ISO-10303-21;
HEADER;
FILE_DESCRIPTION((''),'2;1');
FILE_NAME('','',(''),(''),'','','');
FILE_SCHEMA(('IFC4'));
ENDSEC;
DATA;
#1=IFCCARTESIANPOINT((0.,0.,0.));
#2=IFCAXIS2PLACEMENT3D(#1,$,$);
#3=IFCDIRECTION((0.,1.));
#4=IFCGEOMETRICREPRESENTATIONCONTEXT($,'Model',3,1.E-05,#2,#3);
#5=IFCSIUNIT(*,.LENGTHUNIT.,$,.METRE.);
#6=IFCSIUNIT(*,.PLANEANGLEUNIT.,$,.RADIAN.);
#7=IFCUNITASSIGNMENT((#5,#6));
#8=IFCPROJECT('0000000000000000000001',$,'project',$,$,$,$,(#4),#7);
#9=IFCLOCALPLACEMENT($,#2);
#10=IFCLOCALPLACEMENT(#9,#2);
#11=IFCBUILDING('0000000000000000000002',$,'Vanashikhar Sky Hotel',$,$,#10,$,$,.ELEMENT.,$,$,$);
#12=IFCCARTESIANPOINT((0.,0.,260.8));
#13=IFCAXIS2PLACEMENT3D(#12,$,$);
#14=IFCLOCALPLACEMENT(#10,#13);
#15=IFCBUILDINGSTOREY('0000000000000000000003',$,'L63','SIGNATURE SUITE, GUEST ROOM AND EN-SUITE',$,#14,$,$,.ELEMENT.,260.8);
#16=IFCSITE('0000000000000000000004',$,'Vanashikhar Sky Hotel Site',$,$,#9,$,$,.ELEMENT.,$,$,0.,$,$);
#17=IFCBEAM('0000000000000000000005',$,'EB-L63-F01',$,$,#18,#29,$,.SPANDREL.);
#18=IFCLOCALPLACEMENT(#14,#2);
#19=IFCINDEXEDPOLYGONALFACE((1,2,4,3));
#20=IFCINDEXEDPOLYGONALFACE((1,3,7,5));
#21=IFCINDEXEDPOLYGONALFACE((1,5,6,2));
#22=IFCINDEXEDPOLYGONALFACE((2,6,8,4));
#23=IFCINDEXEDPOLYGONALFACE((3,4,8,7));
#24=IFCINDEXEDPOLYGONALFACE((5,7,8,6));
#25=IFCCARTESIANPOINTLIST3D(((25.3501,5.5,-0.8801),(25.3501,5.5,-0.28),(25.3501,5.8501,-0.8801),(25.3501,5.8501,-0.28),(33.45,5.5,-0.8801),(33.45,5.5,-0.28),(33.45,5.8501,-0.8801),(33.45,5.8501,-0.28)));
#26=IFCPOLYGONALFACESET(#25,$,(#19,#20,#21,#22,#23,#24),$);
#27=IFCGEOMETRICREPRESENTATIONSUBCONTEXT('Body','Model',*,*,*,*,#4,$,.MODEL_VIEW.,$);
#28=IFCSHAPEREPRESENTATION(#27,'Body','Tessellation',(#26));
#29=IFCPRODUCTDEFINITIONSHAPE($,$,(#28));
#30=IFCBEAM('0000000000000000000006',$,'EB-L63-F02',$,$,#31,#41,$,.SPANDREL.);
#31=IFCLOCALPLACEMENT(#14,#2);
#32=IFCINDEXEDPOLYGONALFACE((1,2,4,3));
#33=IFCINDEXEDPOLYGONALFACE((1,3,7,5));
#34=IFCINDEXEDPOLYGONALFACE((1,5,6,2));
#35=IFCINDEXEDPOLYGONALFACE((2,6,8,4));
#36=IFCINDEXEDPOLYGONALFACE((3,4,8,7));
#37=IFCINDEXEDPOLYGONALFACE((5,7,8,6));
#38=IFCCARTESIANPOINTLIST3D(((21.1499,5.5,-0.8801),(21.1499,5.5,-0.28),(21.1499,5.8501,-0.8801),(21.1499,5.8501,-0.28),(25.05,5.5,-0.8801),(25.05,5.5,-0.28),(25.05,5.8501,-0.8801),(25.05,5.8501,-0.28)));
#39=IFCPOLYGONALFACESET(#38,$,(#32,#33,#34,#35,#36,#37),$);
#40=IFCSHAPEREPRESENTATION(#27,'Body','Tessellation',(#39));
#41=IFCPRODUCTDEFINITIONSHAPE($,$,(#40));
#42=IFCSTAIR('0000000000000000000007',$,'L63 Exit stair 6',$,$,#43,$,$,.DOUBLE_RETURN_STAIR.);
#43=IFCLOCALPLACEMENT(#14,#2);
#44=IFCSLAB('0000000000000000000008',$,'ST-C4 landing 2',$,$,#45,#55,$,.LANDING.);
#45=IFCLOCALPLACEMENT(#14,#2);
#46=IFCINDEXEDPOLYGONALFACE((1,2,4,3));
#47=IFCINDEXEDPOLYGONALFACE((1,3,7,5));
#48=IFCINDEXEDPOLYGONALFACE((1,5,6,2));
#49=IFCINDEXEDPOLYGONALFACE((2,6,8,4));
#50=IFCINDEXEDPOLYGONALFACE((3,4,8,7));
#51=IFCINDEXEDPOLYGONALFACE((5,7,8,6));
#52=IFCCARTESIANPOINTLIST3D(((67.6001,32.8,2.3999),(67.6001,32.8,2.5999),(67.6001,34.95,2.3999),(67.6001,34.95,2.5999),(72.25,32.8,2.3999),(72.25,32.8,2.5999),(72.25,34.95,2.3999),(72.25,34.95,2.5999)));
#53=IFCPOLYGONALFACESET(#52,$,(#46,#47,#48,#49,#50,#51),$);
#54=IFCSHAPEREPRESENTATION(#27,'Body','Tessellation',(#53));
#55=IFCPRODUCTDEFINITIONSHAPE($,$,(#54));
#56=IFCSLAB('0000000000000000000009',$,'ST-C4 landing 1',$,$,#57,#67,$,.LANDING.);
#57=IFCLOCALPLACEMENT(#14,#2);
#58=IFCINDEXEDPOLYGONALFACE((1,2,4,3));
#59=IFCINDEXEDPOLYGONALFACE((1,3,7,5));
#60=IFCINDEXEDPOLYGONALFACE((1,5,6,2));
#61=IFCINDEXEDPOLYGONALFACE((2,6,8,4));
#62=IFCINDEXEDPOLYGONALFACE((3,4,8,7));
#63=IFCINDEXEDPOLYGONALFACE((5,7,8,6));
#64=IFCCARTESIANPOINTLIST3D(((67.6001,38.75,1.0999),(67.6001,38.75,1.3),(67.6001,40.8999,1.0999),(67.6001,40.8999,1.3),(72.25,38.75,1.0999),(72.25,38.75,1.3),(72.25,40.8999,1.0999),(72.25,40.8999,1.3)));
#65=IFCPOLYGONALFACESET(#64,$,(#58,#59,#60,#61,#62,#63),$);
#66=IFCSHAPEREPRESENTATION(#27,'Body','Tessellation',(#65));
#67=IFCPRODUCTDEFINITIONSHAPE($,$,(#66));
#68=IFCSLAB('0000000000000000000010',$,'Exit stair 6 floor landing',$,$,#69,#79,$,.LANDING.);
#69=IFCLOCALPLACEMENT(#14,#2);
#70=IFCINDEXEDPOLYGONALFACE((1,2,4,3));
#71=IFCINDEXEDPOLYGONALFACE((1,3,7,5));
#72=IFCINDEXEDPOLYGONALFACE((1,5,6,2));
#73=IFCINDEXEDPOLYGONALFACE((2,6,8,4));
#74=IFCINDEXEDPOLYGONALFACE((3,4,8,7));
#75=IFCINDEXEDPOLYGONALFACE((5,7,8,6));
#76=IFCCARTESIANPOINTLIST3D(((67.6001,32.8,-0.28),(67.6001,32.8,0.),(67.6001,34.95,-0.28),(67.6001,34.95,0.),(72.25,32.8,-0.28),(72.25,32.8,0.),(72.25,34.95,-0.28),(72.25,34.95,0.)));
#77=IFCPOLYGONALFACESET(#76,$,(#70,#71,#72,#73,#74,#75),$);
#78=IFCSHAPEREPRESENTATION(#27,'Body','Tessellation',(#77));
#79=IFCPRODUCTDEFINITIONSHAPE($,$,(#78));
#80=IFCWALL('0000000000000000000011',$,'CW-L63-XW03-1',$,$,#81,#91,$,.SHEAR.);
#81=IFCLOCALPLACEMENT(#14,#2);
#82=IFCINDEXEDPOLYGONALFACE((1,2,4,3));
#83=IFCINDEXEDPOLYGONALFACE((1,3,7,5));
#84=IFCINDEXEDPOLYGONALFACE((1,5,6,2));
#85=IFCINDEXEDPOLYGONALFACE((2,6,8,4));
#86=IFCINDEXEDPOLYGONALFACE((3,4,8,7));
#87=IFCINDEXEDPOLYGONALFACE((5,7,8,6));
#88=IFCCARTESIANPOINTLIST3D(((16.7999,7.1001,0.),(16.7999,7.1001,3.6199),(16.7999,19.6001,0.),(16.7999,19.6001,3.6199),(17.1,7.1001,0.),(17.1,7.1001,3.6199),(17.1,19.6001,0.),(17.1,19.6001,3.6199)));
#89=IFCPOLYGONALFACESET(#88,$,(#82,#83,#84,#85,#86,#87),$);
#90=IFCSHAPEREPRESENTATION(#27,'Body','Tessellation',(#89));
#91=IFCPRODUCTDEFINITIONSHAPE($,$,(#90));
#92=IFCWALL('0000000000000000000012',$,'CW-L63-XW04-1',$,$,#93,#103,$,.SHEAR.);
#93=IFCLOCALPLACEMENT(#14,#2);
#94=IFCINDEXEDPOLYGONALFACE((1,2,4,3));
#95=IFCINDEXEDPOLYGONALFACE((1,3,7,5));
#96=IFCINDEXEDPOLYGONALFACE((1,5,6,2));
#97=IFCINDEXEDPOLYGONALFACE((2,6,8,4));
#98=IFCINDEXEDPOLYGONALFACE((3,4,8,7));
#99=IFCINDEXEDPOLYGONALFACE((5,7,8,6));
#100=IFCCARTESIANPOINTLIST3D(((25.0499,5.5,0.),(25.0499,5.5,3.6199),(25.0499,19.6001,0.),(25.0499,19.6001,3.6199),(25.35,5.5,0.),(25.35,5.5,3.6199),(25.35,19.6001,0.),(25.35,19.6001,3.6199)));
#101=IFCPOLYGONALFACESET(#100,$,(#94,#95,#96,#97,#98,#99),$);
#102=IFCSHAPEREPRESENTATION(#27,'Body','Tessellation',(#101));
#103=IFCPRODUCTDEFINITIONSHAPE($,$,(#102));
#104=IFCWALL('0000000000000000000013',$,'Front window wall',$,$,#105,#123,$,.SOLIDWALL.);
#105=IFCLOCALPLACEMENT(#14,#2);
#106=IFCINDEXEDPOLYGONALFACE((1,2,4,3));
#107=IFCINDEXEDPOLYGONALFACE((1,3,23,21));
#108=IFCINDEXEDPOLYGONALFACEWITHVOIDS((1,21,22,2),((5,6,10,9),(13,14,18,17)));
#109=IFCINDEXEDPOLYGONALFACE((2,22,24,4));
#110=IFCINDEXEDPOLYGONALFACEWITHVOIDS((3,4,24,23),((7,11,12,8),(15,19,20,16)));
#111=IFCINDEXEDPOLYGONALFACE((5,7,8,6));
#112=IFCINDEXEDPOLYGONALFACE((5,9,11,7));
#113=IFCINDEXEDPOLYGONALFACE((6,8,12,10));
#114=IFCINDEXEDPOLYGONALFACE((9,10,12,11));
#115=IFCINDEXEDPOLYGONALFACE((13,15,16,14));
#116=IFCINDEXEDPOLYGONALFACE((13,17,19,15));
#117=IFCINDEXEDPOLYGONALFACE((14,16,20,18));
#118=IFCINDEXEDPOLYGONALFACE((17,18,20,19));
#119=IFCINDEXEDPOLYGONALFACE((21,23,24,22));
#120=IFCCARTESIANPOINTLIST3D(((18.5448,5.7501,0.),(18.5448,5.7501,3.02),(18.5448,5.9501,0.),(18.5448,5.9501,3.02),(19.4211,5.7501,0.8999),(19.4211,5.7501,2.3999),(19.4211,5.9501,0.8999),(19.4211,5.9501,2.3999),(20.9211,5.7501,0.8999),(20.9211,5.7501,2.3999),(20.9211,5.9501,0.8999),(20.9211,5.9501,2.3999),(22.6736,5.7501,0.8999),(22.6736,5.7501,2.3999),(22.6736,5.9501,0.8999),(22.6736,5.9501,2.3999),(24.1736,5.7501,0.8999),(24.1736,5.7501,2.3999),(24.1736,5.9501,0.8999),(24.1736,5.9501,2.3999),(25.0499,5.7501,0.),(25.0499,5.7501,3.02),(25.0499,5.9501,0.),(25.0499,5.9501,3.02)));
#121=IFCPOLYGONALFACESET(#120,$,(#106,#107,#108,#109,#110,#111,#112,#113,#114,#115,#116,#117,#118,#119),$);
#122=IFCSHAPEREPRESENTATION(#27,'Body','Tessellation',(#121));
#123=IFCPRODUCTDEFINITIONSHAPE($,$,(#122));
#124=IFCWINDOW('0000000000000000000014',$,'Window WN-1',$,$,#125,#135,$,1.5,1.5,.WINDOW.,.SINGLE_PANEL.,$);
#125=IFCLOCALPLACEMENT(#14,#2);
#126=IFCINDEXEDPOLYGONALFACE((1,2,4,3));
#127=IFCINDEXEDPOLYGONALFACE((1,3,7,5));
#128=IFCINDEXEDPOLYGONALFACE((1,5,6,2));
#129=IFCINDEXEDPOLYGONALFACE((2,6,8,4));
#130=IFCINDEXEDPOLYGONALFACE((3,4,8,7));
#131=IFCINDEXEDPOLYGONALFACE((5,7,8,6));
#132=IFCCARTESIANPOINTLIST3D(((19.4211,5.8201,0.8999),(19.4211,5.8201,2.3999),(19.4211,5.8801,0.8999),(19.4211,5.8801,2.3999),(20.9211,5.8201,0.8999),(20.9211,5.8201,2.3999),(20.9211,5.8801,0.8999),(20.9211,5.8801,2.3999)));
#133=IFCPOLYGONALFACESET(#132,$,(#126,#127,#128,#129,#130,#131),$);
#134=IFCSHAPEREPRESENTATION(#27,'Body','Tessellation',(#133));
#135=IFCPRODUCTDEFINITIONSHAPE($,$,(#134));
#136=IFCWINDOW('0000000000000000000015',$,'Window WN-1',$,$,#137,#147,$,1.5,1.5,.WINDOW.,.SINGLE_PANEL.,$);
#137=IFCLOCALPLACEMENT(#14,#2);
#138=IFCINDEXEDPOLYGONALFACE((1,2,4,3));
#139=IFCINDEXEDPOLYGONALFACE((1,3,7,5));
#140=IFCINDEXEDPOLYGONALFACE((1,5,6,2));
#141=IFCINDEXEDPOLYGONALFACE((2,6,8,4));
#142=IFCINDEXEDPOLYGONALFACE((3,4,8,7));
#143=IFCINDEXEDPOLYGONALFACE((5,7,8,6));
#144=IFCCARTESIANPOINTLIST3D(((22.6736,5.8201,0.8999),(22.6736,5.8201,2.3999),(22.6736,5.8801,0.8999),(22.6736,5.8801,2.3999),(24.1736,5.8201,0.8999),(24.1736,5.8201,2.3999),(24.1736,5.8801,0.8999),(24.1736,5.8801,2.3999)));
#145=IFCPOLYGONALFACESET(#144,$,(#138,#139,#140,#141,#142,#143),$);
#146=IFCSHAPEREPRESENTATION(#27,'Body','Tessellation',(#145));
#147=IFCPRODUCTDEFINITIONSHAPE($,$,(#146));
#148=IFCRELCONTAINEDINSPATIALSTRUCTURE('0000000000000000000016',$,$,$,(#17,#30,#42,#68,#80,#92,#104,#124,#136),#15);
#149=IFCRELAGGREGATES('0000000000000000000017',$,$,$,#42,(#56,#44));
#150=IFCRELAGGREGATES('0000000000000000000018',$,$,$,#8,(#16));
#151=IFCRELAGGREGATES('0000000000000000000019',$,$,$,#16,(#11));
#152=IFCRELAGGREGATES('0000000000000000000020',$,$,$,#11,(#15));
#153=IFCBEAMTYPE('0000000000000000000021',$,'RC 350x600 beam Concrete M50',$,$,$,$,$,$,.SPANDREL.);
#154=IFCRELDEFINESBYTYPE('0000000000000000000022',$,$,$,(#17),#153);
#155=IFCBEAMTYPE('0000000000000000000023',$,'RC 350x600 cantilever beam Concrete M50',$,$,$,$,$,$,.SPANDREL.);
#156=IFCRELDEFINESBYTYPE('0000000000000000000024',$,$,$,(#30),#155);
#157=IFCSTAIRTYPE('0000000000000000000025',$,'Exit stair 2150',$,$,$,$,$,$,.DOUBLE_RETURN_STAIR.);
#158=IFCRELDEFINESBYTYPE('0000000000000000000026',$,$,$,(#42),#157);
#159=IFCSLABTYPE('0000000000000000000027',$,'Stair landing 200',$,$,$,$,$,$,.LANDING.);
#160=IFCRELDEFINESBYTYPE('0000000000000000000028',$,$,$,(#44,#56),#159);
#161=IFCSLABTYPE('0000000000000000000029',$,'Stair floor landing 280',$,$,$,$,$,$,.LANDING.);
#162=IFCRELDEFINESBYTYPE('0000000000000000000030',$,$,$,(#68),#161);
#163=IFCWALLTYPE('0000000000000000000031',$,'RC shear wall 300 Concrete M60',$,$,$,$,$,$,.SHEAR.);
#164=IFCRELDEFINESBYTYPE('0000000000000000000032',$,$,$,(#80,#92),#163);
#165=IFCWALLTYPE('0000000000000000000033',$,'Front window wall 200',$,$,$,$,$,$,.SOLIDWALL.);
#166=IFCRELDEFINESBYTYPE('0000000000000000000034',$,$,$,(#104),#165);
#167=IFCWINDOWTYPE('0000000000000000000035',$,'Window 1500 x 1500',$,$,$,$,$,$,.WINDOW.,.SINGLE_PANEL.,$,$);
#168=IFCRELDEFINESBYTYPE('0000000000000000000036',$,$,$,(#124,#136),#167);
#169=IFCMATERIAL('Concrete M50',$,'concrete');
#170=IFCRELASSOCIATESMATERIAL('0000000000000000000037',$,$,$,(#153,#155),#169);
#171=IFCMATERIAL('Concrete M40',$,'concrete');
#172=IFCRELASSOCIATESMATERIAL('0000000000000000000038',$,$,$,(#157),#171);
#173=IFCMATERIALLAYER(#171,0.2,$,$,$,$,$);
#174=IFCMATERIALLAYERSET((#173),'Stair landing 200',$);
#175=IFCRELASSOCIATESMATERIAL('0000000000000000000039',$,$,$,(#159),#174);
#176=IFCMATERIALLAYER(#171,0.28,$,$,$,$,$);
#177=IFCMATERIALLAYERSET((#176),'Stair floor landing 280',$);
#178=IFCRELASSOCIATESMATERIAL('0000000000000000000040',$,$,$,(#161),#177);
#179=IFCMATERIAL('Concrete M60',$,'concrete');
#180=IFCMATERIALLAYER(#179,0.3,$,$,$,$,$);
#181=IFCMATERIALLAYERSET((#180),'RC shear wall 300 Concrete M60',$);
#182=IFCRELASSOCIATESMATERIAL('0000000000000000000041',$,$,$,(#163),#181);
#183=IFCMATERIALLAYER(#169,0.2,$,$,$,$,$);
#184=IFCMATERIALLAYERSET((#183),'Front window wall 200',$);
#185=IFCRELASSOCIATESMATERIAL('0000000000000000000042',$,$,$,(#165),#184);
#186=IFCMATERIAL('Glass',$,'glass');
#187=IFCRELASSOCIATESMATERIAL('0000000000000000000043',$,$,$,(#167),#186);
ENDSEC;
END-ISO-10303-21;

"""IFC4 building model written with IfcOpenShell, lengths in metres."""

from ifc_helpers import new_model, si_unit, direction, frame, frame_2d, origin, origin_2d, place, context, subcontext, project, spatial, polyline, rectangle, outline, extrude, source, transform, mapped, material, layer, layer_set, material_profile, profile_set, type_object, element, fill, aggregate, save


model = new_model("IFC4")

# Units and contexts
model_context = context("Model", 3, precision=1e-05, world=origin(), true_north=direction((0.0, 1.0)))
body_context = subcontext(model_context, "Body", "Model", "MODEL_VIEW")
ifc_project = project(units=[si_unit("LENGTHUNIT", "METRE"), si_unit("PLANEANGLEUNIT", "RADIAN")], contexts=[model_context])

# Site, building, storey
site_placement = place(None, origin())
site = spatial("IfcSite", under=ifc_project, at=site_placement, Name="Vanashikhar Sky Hotel Site", CompositionType="ELEMENT", RefElevation=0.0)
building_placement = place(site_placement, origin())
building = spatial("IfcBuilding", under=site, at=building_placement, Name="Vanashikhar Sky Hotel", CompositionType="ELEMENT")
storey_placement = place(building_placement, frame((0.0, 0.0, 260.8)))
storey = spatial("IfcBuildingStorey", under=building, at=storey_placement, Name="L63", Description="SIGNATURE SUITE, GUEST ROOM AND EN-SUITE", CompositionType="ELEMENT", Elevation=260.8)

# Beams
ifc_material_1 = material(Name="Concrete M50", Category="concrete")
ifc_material_profile_1 = material_profile(ifc_material_1, rectangle(XDim=0.3501, YDim=0.6001, at=origin_2d()))
ifc_profile_set_1 = profile_set([ifc_material_profile_1], Name="RC 350x600 beam Concrete M50")
beam_type_1 = type_object("IfcBeamType", Name="RC 350x600 beam Concrete M50", PredefinedType="SPANDREL", material=ifc_profile_set_1)
shared_shape_1 = source(origin(), body_context, "Body", "SweptSolid", [
    extrude(rectangle(XDim=0.3501, YDim=0.6001, at=origin_2d()), origin(), (0.0, 0.0, 1.0), 8.0999),
])
beam_1_placement = place(storey_placement, frame((25.3501, 5.675, -0.5801), z_axis=(1.0, 0.0, 0.0), x_axis=(0.0, 1.0, 0.0)))
element("IfcBeam", 1, at=beam_1_placement, inside=storey, type_object=beam_type_1, Name="EB-L63-F01", PredefinedType="SPANDREL", context=body_context, shape_type="MappedRepresentation", body=[
    mapped(shared_shape_1, transform((0.0, 0.0, 0.0), scale=1.0)),
])
ifc_material_profile_2 = material_profile(ifc_material_1, rectangle(XDim=0.3501, YDim=0.6001, at=origin_2d()))
ifc_profile_set_2 = profile_set([ifc_material_profile_2], Name="RC 350x600 cantilever beam Concrete M50")
beam_type_2 = type_object("IfcBeamType", Name="RC 350x600 cantilever beam Concrete M50", PredefinedType="SPANDREL", material=ifc_profile_set_2)
shared_shape_2 = source(origin(), body_context, "Body", "SweptSolid", [
    extrude(rectangle(XDim=0.3501, YDim=0.6001, at=origin_2d()), origin(), (0.0, 0.0, 1.0), 3.9001),
])
beam_2_placement = place(storey_placement, frame((21.1499, 5.675, -0.5801), z_axis=(1.0, 0.0, 0.0), x_axis=(0.0, 1.0, 0.0)))
element("IfcBeam", 2, at=beam_2_placement, inside=storey, type_object=beam_type_2, Name="EB-L63-F02", PredefinedType="SPANDREL", context=body_context, shape_type="MappedRepresentation", body=[
    mapped(shared_shape_2, transform((0.0, 0.0, 0.0), scale=1.0)),
])

# Stair, slabs
ifc_material_2 = material(Name="Concrete M40", Category="concrete")
stair_type = type_object("IfcStairType", Name="Exit stair 2150", PredefinedType="DOUBLE_RETURN_STAIR", material=ifc_material_2)
stair_placement = place(storey_placement, origin())
stair = element("IfcStair", 3, at=stair_placement, inside=storey, type_object=stair_type, Name="L63 Exit stair 6", PredefinedType="DOUBLE_RETURN_STAIR")
ifc_layer_1 = layer(ifc_material_2, 0.2)
ifc_layer_set_1 = layer_set([ifc_layer_1], Name="Stair landing 200")
slab_type_1 = type_object("IfcSlabType", Name="Stair landing 200", PredefinedType="LANDING", material=ifc_layer_set_1)
shared_shape_3 = source(origin(), body_context, "Body", "SweptSolid", [
    extrude(outline(polyline([(72.25, 32.8), (72.25, 34.95), (67.6001, 34.95), (67.6001, 32.8), (72.25, 32.8)])), origin(), (0.0, 0.0, 1.0), 0.2),
])
slab_1_placement = place(storey_placement, frame((0.0, 0.0, 2.3999)))
slab_1 = element("IfcSlab", 4, at=slab_1_placement, type_object=slab_type_1, Name="ST-C4 landing 2", PredefinedType="LANDING", context=body_context, shape_type="MappedRepresentation", body=[
    mapped(shared_shape_3, transform((0.0, 0.0, 0.0), scale=1.0)),
])
shared_shape_4 = source(origin(), body_context, "Body", "SweptSolid", [
    extrude(outline(polyline([(72.25, 38.75), (72.25, 40.8999), (67.6001, 40.8999), (67.6001, 38.75), (72.25, 38.75)])), origin(), (0.0, 0.0, 1.0), 0.2002),
])
slab_2_placement = place(storey_placement, frame((0.0, 0.0, 1.0999)))
slab_2 = element("IfcSlab", 5, at=slab_2_placement, type_object=slab_type_1, Name="ST-C4 landing 1", PredefinedType="LANDING", context=body_context, shape_type="MappedRepresentation", body=[
    mapped(shared_shape_4, transform((0.0, 0.0, 0.0), scale=1.0)),
])
aggregate(stair, [slab_2, slab_1])

# Slab
ifc_layer_2 = layer(ifc_material_2, 0.28)
ifc_layer_set_2 = layer_set([ifc_layer_2], Name="Stair floor landing 280")
slab_type_2 = type_object("IfcSlabType", Name="Stair floor landing 280", PredefinedType="LANDING", material=ifc_layer_set_2)
shared_shape_5 = source(origin(), body_context, "Body", "SweptSolid", [
    extrude(outline(polyline([(72.25, 32.8), (72.25, 34.95), (67.6001, 34.95), (67.6001, 32.8), (72.25, 32.8)])), origin(), (0.0, 0.0, 1.0), 0.28),
])
slab_3_placement = place(storey_placement, frame((0.0, 0.0, -0.28)))
element("IfcSlab", 6, at=slab_3_placement, inside=storey, type_object=slab_type_2, Name="Exit stair 6 floor landing", PredefinedType="LANDING", context=body_context, shape_type="MappedRepresentation", body=[
    mapped(shared_shape_5, transform((0.0, 0.0, 0.0), scale=1.0)),
])

# Walls
ifc_material_3 = material(Name="Concrete M60", Category="concrete")
ifc_layer_3 = layer(ifc_material_3, 0.3)
ifc_layer_set_3 = layer_set([ifc_layer_3], Name="RC shear wall 300 Concrete M60")
wall_type_1 = type_object("IfcWallType", Name="RC shear wall 300 Concrete M60", PredefinedType="SHEAR", material=ifc_layer_set_3)
shared_shape_6 = source(origin(), body_context, "Body", "SweptSolid", [
    extrude(rectangle(XDim=12.5, YDim=0.3, at=frame_2d((6.25, 0.0))), origin(), (0.0, 0.0, 1.0), 3.6199),
])
wall_1_placement = place(storey_placement, frame((16.95, 7.1001, 0.0), z_axis=(0.0, 0.0, 1.0), x_axis=(0.0, 1.0, 0.0)))
element("IfcWall", 7, at=wall_1_placement, inside=storey, type_object=wall_type_1, Name="CW-L63-XW03-1", PredefinedType="SHEAR", context=body_context, shape_type="MappedRepresentation", body=[
    mapped(shared_shape_6, transform((0.0, 0.0, 0.0), scale=1.0)),
])
shared_shape_7 = source(origin(), body_context, "Body", "SweptSolid", [
    extrude(rectangle(XDim=14.1001, YDim=0.3, at=frame_2d((7.05, 0.0))), origin(), (0.0, 0.0, 1.0), 3.6199),
])
wall_2_placement = place(storey_placement, frame((25.2, 5.5, 0.0), z_axis=(0.0, 0.0, 1.0), x_axis=(0.0, 1.0, 0.0)))
element("IfcWall", 8, at=wall_2_placement, inside=storey, type_object=wall_type_1, Name="CW-L63-XW04-1", PredefinedType="SHEAR", context=body_context, shape_type="MappedRepresentation", body=[
    mapped(shared_shape_7, transform((0.0, 0.0, 0.0), scale=1.0)),
])

# Wall, openings, windows
ifc_layer_4 = layer(ifc_material_1, 0.2)
ifc_layer_set_4 = layer_set([ifc_layer_4], Name="Front window wall 200")
wall_type_2 = type_object("IfcWallType", Name="Front window wall 200", PredefinedType="SOLIDWALL", material=ifc_layer_set_4)
shared_shape_8 = source(origin(), body_context, "Body", "SweptSolid", [
    extrude(rectangle(XDim=6.5051, YDim=0.2, at=frame_2d((3.2524, 0.0))), origin(), (0.0, 0.0, 1.0), 3.02),
])
wall_3_placement = place(storey_placement, frame((18.5449, 5.8501, 0.0), z_axis=(0.0, 0.0, 1.0), x_axis=(1.0, 0.0, 0.0)))
wall_3 = element("IfcWall", 9, at=wall_3_placement, inside=storey, type_object=wall_type_2, Name="Front window wall", PredefinedType="SOLIDWALL", context=body_context, shape_type="MappedRepresentation", body=[
    mapped(shared_shape_8, transform((0.0, 0.0, 0.0), scale=1.0)),
])
shared_shape_9 = source(origin(), body_context, "Body", "SweptSolid", [
    extrude(rectangle(XDim=1.5, YDim=1.5, at=frame_2d((0.75, 0.75))), frame((0.0, 0.1099, 0.0), z_axis=(0.0, -1.0, 0.0), x_axis=(1.0, 0.0, 0.0)), (0.0, 0.0, 1.0), 0.22),
])
opening_1_placement = place(wall_3_placement, frame((0.8762, 0.0, 0.8999)))
opening_1 = element("IfcOpeningElement", 10, at=opening_1_placement, cuts=wall_3, PredefinedType="OPENING", context=body_context, shape_type="MappedRepresentation", body=[
    mapped(shared_shape_9, transform((0.0, 0.0, 0.0), scale=1.0)),
])
opening_2_placement = place(wall_3_placement, frame((4.1287, 0.0, 0.8999)))
opening_2 = element("IfcOpeningElement", 11, at=opening_2_placement, cuts=wall_3, PredefinedType="OPENING", context=body_context, shape_type="MappedRepresentation", body=[
    mapped(shared_shape_9, transform((0.0, 0.0, 0.0), scale=1.0)),
])
ifc_material_4 = material(Name="Glass", Category="glass")
window_type_1 = type_object("IfcWindowType", Name="Window 1500 x 1500", PartitioningType="SINGLE_PANEL", PredefinedType="WINDOW", material=ifc_material_4)
shared_shape_10 = source(origin(), body_context, "Body", "SweptSolid", [
    extrude(rectangle(XDim=1.5, YDim=1.5, at=frame_2d((0.75, 0.75))), frame((0.0, 0.03, 0.0), z_axis=(0.0, -1.0, 0.0), x_axis=(1.0, 0.0, 0.0)), (0.0, 0.0, 1.0), 0.0601),
])
window_1_placement = place(opening_1_placement, origin())
window_1 = element("IfcWindow", 12, at=window_1_placement, inside=storey, type_object=window_type_1, Name="Window WN-1", OverallHeight=1.5, OverallWidth=1.5, PartitioningType="SINGLE_PANEL", PredefinedType="WINDOW", context=body_context, shape_type="MappedRepresentation", body=[
    mapped(shared_shape_10, transform((0.0, 0.0, 0.0), scale=1.0)),
])
fill(opening_1, window_1)
window_2_placement = place(opening_2_placement, origin())
window_2 = element("IfcWindow", 13, at=window_2_placement, inside=storey, type_object=window_type_1, Name="Window WN-1", OverallHeight=1.5, OverallWidth=1.5, PartitioningType="SINGLE_PANEL", PredefinedType="WINDOW", context=body_context, shape_type="MappedRepresentation", body=[
    mapped(shared_shape_10, transform((0.0, 0.0, 0.0), scale=1.0)),
])
fill(opening_2, window_2)

save(model, "model.ifc")
